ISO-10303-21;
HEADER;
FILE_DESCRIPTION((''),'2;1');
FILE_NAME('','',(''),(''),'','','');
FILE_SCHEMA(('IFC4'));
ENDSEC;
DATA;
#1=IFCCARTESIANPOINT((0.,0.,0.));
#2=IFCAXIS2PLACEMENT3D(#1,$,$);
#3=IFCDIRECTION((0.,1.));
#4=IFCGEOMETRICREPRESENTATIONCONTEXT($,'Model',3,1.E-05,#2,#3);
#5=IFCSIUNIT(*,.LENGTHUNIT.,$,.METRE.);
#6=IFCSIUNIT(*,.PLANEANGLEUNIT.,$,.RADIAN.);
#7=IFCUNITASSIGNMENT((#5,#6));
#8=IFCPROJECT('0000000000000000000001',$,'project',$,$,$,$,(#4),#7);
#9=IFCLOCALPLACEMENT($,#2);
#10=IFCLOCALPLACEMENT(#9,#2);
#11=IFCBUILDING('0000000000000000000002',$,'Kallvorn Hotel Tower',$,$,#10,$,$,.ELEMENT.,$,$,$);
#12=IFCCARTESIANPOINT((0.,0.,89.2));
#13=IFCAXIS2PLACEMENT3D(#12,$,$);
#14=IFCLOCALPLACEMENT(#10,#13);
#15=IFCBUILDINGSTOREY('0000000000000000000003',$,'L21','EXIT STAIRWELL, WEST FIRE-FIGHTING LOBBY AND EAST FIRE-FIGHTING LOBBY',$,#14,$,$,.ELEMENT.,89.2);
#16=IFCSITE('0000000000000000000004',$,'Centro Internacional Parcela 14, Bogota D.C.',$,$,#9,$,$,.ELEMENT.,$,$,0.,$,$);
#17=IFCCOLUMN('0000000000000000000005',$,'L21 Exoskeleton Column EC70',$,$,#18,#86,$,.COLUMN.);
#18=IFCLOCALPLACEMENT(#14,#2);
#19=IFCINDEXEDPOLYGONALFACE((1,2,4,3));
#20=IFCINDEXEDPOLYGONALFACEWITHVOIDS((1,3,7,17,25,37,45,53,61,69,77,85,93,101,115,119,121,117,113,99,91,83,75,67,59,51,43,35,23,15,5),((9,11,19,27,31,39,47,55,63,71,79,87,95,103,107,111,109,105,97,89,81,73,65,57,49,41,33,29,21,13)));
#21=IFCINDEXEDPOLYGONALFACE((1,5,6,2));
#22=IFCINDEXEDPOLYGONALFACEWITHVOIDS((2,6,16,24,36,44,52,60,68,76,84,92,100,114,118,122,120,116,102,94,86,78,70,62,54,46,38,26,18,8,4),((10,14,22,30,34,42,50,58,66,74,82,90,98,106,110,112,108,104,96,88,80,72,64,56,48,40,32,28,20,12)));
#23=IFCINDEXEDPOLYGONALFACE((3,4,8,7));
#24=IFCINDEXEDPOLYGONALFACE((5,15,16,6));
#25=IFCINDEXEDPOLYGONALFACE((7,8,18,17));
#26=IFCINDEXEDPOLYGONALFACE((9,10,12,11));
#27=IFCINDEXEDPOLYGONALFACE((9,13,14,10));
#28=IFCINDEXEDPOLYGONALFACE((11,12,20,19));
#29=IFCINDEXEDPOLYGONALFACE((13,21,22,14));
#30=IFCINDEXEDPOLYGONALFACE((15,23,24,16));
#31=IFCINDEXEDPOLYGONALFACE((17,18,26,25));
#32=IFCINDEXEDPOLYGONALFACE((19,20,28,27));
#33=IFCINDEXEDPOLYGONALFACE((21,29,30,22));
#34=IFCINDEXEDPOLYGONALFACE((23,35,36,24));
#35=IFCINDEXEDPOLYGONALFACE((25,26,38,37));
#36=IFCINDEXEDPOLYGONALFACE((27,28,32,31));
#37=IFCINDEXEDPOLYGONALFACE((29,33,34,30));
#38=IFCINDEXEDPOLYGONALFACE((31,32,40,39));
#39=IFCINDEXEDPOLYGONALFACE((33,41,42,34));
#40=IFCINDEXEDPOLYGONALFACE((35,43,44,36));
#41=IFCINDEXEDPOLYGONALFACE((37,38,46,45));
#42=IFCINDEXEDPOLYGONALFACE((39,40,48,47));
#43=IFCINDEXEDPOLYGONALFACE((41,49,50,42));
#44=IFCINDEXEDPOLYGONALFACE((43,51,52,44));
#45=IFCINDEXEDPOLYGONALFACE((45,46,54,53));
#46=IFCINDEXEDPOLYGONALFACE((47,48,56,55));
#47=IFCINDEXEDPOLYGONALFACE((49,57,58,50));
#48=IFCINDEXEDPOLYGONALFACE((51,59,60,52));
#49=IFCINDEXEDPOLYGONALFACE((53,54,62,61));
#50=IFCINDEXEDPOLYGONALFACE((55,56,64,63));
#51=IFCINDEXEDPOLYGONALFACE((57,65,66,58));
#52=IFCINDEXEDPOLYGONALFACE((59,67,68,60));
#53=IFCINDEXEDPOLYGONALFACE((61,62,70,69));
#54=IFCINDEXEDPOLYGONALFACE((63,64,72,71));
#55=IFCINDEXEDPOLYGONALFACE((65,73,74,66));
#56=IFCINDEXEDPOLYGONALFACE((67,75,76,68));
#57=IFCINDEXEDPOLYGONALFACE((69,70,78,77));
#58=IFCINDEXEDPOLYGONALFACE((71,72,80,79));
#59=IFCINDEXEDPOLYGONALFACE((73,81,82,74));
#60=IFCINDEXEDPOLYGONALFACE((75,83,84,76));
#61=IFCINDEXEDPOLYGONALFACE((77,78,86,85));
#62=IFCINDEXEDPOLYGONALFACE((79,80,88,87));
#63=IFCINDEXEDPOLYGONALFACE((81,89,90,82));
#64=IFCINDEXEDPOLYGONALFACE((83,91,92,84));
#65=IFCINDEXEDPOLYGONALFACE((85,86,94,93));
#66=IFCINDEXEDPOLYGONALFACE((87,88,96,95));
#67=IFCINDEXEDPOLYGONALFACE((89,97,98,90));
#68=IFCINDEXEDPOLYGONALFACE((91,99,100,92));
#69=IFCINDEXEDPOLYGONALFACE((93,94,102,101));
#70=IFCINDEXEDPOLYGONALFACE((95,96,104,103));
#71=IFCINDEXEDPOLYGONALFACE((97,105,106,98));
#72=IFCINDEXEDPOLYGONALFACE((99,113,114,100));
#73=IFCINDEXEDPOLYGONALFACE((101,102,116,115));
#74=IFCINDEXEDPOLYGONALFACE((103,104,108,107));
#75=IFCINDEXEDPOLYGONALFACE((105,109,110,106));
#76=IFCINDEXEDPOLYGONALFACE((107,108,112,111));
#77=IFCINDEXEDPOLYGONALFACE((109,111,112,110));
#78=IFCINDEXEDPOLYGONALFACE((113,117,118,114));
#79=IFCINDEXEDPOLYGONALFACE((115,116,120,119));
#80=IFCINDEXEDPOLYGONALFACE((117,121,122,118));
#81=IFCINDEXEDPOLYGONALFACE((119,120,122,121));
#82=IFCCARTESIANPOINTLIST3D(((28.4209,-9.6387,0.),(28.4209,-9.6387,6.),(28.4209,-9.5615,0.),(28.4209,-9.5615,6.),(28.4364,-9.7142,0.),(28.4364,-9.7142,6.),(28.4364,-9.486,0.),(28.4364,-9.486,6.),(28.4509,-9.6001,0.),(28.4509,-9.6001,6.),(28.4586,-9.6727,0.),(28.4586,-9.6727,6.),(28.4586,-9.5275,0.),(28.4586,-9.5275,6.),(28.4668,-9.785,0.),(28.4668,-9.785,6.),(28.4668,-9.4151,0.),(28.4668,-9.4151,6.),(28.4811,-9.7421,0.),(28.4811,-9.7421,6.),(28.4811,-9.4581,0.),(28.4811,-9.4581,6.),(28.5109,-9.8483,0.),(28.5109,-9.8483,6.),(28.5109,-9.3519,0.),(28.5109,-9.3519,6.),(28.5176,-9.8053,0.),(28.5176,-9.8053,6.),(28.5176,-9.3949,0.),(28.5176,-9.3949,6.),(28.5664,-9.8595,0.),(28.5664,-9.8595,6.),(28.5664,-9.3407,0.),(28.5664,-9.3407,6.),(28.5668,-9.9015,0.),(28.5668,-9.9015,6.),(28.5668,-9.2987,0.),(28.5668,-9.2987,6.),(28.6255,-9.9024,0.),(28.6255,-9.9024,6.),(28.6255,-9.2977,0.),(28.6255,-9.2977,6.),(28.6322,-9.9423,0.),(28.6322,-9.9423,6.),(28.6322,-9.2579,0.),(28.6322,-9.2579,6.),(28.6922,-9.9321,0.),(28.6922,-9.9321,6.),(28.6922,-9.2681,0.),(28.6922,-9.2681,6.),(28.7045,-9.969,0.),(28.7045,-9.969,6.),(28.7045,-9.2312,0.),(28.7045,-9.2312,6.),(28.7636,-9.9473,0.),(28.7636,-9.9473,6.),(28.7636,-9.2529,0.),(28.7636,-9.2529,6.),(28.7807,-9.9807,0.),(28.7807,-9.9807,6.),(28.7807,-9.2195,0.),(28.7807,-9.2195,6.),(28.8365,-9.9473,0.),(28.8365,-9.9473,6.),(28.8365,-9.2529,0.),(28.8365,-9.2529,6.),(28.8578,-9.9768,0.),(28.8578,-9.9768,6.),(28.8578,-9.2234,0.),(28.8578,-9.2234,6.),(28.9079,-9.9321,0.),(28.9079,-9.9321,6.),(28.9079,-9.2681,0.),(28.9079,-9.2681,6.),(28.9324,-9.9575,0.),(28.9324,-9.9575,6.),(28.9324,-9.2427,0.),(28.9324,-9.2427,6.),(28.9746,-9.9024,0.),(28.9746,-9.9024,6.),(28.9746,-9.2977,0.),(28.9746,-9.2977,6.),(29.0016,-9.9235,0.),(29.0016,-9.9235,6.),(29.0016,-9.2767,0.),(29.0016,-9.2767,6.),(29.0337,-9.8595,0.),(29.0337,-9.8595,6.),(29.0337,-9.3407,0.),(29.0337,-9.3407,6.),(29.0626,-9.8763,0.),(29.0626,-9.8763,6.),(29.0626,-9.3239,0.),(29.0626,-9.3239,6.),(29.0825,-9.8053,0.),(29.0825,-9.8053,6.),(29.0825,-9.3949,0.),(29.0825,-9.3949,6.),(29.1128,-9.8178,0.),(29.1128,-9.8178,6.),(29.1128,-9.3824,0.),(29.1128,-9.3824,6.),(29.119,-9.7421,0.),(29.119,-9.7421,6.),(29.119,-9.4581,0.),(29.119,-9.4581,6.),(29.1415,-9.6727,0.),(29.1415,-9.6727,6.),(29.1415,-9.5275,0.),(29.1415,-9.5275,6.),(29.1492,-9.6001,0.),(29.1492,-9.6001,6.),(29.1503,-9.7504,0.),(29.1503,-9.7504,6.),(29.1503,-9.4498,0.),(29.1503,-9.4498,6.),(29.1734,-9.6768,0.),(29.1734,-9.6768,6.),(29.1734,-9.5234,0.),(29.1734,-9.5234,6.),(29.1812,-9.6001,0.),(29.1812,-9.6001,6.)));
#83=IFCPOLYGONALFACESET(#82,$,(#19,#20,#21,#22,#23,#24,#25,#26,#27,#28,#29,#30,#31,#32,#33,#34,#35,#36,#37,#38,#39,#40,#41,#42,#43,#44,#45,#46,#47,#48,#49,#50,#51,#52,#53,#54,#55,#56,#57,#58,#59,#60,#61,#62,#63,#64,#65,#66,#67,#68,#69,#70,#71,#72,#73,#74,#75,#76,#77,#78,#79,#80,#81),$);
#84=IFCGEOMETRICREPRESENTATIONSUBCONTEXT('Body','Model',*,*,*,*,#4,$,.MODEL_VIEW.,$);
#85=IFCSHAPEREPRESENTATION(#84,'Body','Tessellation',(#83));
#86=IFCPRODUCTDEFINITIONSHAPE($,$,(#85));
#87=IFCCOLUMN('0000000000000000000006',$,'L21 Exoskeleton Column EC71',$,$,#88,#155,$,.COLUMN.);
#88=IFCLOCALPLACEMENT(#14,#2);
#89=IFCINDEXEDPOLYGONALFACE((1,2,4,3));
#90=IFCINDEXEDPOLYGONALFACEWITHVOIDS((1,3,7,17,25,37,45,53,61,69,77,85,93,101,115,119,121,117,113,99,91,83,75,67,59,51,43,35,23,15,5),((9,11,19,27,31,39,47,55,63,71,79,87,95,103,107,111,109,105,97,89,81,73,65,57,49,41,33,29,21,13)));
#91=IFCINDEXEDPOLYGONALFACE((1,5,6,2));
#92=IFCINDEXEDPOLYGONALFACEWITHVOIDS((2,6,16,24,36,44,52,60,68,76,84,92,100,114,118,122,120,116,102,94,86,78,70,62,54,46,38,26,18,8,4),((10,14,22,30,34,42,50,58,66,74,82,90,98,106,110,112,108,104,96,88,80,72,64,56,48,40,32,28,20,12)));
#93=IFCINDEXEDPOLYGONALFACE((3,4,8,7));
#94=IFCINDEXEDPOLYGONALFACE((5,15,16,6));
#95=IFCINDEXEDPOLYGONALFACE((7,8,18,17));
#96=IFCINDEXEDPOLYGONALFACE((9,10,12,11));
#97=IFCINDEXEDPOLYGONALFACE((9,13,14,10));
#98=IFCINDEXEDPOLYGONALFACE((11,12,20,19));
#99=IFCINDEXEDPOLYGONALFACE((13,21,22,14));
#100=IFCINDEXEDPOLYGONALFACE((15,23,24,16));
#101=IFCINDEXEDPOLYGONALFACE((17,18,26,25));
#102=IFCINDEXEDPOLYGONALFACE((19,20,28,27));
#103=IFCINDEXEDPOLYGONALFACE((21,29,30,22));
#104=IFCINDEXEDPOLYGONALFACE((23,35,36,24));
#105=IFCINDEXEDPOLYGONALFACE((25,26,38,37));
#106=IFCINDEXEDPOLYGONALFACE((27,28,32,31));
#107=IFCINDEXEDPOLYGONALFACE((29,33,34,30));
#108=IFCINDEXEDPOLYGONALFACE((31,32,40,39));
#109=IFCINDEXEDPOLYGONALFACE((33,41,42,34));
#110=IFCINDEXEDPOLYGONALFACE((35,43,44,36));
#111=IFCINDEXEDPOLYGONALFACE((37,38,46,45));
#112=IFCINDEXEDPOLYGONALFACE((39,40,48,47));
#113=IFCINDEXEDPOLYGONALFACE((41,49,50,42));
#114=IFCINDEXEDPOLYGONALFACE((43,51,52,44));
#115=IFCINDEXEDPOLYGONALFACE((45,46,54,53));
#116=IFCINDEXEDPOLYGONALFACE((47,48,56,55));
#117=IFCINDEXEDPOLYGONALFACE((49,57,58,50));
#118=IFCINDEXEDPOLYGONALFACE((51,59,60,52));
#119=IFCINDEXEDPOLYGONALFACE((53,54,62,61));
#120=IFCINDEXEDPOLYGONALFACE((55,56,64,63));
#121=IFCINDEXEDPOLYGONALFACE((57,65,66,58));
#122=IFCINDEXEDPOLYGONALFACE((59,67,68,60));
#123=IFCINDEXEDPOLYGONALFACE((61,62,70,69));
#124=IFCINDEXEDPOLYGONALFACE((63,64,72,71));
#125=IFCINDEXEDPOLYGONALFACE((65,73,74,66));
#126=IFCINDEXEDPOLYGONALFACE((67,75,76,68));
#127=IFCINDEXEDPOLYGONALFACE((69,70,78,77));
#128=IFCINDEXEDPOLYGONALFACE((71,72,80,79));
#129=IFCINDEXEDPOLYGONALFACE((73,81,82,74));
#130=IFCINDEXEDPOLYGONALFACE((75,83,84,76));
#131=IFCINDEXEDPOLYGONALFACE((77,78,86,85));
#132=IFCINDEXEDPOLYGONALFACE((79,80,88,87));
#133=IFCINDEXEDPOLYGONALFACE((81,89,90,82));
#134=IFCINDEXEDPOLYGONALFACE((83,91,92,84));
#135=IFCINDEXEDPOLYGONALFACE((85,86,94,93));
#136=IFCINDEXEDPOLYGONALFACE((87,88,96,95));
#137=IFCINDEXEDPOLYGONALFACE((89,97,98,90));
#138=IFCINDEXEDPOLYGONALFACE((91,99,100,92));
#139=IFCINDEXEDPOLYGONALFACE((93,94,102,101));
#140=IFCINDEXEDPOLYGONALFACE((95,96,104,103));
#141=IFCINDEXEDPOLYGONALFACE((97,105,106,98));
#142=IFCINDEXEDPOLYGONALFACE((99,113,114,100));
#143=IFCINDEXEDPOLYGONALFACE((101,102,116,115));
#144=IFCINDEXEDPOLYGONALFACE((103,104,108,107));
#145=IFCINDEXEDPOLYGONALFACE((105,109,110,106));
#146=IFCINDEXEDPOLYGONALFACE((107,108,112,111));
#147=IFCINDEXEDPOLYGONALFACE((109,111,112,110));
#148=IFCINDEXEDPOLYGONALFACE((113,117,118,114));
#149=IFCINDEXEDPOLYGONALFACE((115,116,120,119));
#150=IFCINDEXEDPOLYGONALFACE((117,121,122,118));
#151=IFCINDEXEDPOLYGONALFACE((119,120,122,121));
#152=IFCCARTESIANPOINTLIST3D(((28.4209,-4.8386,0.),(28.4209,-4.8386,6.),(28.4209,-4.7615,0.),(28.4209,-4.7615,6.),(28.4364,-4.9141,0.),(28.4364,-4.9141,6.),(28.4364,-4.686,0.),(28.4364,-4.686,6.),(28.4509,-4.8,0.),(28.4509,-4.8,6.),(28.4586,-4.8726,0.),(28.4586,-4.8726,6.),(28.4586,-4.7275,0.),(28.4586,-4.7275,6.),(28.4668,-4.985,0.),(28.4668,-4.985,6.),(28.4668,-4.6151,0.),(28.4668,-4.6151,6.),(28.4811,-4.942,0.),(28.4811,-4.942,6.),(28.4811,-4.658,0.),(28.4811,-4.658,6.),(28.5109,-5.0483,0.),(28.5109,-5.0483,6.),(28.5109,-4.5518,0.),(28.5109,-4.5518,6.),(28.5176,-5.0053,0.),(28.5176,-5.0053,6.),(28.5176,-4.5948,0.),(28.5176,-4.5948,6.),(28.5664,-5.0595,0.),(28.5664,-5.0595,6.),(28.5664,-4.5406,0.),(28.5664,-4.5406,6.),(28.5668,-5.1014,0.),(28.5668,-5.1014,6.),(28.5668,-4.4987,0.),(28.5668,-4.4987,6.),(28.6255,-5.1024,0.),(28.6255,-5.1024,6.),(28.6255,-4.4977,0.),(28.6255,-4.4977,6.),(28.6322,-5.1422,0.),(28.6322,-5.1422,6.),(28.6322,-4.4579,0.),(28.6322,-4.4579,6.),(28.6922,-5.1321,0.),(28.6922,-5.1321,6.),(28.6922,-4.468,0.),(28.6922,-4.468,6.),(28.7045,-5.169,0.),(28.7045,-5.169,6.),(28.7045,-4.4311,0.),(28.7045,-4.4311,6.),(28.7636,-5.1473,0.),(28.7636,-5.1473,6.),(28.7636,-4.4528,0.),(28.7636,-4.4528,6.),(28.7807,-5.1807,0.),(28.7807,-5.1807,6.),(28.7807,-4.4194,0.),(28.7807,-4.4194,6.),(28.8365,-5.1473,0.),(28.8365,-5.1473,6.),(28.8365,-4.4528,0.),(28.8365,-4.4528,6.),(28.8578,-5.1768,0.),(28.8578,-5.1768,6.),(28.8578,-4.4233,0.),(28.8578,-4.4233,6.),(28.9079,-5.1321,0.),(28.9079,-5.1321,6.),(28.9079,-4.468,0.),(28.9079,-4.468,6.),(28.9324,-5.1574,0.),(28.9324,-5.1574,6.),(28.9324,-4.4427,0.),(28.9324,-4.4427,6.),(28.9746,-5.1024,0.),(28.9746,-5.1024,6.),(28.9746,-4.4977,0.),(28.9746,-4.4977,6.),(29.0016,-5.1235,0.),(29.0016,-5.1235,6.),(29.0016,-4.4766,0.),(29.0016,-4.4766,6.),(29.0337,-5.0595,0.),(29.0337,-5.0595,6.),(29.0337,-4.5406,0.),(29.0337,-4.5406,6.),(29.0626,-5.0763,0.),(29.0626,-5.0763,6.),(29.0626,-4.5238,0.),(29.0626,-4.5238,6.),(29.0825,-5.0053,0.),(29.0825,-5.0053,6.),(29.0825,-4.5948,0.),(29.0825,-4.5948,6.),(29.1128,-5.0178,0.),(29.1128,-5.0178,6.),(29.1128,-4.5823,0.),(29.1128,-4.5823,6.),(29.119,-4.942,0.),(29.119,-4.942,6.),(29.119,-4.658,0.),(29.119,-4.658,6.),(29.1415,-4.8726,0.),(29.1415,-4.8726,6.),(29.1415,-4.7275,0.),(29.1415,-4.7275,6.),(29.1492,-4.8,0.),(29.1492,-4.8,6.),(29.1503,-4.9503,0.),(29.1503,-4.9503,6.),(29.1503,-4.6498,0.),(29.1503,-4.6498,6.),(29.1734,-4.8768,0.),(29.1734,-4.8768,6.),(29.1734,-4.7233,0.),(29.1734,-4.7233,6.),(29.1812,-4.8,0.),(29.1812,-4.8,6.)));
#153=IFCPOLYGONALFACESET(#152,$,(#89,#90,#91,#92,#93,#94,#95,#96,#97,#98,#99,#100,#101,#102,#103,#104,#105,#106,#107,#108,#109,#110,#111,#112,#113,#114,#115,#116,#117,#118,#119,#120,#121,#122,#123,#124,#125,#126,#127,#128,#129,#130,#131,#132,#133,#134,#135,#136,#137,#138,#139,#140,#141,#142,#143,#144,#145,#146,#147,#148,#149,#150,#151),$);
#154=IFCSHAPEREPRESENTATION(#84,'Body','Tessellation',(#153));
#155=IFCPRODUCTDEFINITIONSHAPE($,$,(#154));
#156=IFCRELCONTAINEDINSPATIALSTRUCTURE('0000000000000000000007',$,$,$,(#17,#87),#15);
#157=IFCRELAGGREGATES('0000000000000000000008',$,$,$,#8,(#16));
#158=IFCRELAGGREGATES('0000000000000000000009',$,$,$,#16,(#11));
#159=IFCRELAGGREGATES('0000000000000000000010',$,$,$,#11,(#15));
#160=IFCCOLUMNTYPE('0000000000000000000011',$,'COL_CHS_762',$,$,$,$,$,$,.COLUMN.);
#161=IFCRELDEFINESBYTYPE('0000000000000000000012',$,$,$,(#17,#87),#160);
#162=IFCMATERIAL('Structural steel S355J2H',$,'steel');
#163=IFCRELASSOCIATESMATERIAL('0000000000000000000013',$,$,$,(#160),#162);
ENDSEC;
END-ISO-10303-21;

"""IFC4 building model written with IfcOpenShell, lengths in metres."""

from ifc_helpers import new_model, si_unit, direction, frame, origin, origin_2d, place, context, subcontext, project, spatial, hollow_circle, extrude, material, material_profile, profile_set, type_object, element, save


model = new_model("IFC4")

# Units and contexts
model_context = context("Model", 3, precision=1e-05, world=origin(), true_north=direction((0.0, 1.0)))
body_context = subcontext(model_context, "Body", "Model", "MODEL_VIEW")
ifc_project = project(units=[si_unit("LENGTHUNIT", "METRE"), si_unit("PLANEANGLEUNIT", "RADIAN")], contexts=[model_context])

# Site, building, storey
site_placement = place(None, origin())
site = spatial("IfcSite", under=ifc_project, at=site_placement, Name="Centro Internacional Parcela 14, Bogota D.C.", CompositionType="ELEMENT", RefElevation=0.0)
building_placement = place(site_placement, origin())
building = spatial("IfcBuilding", under=site, at=building_placement, Name="Kallvorn Hotel Tower", CompositionType="ELEMENT")
storey_placement = place(building_placement, frame((0.0, 0.0, 89.2)))
storey = spatial("IfcBuildingStorey", under=building, at=storey_placement, Name="L21", Description="EXIT STAIRWELL, WEST FIRE-FIGHTING LOBBY AND EAST FIRE-FIGHTING LOBBY", CompositionType="ELEMENT", Elevation=89.2)

# Columns
ifc_material_1 = material(Name="Structural steel S355J2H", Category="steel")
ifc_material_profile_1 = material_profile(ifc_material_1, hollow_circle(Radius=0.3811, WallThickness=0.032, at=origin_2d()), Name="CHS 762x32")
ifc_profile_set_1 = profile_set([ifc_material_profile_1], Name="Structural steel S355J2H")
column_type_1 = type_object("IfcColumnType", Name="COL_CHS_762", PredefinedType="COLUMN", material=ifc_profile_set_1)
for number, where, z_axis, x_axis, name in (
    (1, (28.8, -9.6001, 0.0), (0.0, 0.0, 1.0), (1.0, 0.0, 0.0), "L21 Exoskeleton Column EC70"),
    (2, (28.8, -4.8, 0.0), (0.0, 0.0, 1.0), (1.0, 0.0, 0.0), "L21 Exoskeleton Column EC71"),
):
    element("IfcColumn", number, at=place(storey_placement, frame(where, z_axis=z_axis, x_axis=x_axis)), inside=storey, type_object=column_type_1, Name=name, PredefinedType="COLUMN", context=body_context, shape_type="SweptSolid", body=[
        extrude(hollow_circle(Radius=0.3811, WallThickness=0.032, at=origin_2d()), origin(), (0.0, 0.0, 1.0), 6.0),
    ])

save(model, "model.ifc")
